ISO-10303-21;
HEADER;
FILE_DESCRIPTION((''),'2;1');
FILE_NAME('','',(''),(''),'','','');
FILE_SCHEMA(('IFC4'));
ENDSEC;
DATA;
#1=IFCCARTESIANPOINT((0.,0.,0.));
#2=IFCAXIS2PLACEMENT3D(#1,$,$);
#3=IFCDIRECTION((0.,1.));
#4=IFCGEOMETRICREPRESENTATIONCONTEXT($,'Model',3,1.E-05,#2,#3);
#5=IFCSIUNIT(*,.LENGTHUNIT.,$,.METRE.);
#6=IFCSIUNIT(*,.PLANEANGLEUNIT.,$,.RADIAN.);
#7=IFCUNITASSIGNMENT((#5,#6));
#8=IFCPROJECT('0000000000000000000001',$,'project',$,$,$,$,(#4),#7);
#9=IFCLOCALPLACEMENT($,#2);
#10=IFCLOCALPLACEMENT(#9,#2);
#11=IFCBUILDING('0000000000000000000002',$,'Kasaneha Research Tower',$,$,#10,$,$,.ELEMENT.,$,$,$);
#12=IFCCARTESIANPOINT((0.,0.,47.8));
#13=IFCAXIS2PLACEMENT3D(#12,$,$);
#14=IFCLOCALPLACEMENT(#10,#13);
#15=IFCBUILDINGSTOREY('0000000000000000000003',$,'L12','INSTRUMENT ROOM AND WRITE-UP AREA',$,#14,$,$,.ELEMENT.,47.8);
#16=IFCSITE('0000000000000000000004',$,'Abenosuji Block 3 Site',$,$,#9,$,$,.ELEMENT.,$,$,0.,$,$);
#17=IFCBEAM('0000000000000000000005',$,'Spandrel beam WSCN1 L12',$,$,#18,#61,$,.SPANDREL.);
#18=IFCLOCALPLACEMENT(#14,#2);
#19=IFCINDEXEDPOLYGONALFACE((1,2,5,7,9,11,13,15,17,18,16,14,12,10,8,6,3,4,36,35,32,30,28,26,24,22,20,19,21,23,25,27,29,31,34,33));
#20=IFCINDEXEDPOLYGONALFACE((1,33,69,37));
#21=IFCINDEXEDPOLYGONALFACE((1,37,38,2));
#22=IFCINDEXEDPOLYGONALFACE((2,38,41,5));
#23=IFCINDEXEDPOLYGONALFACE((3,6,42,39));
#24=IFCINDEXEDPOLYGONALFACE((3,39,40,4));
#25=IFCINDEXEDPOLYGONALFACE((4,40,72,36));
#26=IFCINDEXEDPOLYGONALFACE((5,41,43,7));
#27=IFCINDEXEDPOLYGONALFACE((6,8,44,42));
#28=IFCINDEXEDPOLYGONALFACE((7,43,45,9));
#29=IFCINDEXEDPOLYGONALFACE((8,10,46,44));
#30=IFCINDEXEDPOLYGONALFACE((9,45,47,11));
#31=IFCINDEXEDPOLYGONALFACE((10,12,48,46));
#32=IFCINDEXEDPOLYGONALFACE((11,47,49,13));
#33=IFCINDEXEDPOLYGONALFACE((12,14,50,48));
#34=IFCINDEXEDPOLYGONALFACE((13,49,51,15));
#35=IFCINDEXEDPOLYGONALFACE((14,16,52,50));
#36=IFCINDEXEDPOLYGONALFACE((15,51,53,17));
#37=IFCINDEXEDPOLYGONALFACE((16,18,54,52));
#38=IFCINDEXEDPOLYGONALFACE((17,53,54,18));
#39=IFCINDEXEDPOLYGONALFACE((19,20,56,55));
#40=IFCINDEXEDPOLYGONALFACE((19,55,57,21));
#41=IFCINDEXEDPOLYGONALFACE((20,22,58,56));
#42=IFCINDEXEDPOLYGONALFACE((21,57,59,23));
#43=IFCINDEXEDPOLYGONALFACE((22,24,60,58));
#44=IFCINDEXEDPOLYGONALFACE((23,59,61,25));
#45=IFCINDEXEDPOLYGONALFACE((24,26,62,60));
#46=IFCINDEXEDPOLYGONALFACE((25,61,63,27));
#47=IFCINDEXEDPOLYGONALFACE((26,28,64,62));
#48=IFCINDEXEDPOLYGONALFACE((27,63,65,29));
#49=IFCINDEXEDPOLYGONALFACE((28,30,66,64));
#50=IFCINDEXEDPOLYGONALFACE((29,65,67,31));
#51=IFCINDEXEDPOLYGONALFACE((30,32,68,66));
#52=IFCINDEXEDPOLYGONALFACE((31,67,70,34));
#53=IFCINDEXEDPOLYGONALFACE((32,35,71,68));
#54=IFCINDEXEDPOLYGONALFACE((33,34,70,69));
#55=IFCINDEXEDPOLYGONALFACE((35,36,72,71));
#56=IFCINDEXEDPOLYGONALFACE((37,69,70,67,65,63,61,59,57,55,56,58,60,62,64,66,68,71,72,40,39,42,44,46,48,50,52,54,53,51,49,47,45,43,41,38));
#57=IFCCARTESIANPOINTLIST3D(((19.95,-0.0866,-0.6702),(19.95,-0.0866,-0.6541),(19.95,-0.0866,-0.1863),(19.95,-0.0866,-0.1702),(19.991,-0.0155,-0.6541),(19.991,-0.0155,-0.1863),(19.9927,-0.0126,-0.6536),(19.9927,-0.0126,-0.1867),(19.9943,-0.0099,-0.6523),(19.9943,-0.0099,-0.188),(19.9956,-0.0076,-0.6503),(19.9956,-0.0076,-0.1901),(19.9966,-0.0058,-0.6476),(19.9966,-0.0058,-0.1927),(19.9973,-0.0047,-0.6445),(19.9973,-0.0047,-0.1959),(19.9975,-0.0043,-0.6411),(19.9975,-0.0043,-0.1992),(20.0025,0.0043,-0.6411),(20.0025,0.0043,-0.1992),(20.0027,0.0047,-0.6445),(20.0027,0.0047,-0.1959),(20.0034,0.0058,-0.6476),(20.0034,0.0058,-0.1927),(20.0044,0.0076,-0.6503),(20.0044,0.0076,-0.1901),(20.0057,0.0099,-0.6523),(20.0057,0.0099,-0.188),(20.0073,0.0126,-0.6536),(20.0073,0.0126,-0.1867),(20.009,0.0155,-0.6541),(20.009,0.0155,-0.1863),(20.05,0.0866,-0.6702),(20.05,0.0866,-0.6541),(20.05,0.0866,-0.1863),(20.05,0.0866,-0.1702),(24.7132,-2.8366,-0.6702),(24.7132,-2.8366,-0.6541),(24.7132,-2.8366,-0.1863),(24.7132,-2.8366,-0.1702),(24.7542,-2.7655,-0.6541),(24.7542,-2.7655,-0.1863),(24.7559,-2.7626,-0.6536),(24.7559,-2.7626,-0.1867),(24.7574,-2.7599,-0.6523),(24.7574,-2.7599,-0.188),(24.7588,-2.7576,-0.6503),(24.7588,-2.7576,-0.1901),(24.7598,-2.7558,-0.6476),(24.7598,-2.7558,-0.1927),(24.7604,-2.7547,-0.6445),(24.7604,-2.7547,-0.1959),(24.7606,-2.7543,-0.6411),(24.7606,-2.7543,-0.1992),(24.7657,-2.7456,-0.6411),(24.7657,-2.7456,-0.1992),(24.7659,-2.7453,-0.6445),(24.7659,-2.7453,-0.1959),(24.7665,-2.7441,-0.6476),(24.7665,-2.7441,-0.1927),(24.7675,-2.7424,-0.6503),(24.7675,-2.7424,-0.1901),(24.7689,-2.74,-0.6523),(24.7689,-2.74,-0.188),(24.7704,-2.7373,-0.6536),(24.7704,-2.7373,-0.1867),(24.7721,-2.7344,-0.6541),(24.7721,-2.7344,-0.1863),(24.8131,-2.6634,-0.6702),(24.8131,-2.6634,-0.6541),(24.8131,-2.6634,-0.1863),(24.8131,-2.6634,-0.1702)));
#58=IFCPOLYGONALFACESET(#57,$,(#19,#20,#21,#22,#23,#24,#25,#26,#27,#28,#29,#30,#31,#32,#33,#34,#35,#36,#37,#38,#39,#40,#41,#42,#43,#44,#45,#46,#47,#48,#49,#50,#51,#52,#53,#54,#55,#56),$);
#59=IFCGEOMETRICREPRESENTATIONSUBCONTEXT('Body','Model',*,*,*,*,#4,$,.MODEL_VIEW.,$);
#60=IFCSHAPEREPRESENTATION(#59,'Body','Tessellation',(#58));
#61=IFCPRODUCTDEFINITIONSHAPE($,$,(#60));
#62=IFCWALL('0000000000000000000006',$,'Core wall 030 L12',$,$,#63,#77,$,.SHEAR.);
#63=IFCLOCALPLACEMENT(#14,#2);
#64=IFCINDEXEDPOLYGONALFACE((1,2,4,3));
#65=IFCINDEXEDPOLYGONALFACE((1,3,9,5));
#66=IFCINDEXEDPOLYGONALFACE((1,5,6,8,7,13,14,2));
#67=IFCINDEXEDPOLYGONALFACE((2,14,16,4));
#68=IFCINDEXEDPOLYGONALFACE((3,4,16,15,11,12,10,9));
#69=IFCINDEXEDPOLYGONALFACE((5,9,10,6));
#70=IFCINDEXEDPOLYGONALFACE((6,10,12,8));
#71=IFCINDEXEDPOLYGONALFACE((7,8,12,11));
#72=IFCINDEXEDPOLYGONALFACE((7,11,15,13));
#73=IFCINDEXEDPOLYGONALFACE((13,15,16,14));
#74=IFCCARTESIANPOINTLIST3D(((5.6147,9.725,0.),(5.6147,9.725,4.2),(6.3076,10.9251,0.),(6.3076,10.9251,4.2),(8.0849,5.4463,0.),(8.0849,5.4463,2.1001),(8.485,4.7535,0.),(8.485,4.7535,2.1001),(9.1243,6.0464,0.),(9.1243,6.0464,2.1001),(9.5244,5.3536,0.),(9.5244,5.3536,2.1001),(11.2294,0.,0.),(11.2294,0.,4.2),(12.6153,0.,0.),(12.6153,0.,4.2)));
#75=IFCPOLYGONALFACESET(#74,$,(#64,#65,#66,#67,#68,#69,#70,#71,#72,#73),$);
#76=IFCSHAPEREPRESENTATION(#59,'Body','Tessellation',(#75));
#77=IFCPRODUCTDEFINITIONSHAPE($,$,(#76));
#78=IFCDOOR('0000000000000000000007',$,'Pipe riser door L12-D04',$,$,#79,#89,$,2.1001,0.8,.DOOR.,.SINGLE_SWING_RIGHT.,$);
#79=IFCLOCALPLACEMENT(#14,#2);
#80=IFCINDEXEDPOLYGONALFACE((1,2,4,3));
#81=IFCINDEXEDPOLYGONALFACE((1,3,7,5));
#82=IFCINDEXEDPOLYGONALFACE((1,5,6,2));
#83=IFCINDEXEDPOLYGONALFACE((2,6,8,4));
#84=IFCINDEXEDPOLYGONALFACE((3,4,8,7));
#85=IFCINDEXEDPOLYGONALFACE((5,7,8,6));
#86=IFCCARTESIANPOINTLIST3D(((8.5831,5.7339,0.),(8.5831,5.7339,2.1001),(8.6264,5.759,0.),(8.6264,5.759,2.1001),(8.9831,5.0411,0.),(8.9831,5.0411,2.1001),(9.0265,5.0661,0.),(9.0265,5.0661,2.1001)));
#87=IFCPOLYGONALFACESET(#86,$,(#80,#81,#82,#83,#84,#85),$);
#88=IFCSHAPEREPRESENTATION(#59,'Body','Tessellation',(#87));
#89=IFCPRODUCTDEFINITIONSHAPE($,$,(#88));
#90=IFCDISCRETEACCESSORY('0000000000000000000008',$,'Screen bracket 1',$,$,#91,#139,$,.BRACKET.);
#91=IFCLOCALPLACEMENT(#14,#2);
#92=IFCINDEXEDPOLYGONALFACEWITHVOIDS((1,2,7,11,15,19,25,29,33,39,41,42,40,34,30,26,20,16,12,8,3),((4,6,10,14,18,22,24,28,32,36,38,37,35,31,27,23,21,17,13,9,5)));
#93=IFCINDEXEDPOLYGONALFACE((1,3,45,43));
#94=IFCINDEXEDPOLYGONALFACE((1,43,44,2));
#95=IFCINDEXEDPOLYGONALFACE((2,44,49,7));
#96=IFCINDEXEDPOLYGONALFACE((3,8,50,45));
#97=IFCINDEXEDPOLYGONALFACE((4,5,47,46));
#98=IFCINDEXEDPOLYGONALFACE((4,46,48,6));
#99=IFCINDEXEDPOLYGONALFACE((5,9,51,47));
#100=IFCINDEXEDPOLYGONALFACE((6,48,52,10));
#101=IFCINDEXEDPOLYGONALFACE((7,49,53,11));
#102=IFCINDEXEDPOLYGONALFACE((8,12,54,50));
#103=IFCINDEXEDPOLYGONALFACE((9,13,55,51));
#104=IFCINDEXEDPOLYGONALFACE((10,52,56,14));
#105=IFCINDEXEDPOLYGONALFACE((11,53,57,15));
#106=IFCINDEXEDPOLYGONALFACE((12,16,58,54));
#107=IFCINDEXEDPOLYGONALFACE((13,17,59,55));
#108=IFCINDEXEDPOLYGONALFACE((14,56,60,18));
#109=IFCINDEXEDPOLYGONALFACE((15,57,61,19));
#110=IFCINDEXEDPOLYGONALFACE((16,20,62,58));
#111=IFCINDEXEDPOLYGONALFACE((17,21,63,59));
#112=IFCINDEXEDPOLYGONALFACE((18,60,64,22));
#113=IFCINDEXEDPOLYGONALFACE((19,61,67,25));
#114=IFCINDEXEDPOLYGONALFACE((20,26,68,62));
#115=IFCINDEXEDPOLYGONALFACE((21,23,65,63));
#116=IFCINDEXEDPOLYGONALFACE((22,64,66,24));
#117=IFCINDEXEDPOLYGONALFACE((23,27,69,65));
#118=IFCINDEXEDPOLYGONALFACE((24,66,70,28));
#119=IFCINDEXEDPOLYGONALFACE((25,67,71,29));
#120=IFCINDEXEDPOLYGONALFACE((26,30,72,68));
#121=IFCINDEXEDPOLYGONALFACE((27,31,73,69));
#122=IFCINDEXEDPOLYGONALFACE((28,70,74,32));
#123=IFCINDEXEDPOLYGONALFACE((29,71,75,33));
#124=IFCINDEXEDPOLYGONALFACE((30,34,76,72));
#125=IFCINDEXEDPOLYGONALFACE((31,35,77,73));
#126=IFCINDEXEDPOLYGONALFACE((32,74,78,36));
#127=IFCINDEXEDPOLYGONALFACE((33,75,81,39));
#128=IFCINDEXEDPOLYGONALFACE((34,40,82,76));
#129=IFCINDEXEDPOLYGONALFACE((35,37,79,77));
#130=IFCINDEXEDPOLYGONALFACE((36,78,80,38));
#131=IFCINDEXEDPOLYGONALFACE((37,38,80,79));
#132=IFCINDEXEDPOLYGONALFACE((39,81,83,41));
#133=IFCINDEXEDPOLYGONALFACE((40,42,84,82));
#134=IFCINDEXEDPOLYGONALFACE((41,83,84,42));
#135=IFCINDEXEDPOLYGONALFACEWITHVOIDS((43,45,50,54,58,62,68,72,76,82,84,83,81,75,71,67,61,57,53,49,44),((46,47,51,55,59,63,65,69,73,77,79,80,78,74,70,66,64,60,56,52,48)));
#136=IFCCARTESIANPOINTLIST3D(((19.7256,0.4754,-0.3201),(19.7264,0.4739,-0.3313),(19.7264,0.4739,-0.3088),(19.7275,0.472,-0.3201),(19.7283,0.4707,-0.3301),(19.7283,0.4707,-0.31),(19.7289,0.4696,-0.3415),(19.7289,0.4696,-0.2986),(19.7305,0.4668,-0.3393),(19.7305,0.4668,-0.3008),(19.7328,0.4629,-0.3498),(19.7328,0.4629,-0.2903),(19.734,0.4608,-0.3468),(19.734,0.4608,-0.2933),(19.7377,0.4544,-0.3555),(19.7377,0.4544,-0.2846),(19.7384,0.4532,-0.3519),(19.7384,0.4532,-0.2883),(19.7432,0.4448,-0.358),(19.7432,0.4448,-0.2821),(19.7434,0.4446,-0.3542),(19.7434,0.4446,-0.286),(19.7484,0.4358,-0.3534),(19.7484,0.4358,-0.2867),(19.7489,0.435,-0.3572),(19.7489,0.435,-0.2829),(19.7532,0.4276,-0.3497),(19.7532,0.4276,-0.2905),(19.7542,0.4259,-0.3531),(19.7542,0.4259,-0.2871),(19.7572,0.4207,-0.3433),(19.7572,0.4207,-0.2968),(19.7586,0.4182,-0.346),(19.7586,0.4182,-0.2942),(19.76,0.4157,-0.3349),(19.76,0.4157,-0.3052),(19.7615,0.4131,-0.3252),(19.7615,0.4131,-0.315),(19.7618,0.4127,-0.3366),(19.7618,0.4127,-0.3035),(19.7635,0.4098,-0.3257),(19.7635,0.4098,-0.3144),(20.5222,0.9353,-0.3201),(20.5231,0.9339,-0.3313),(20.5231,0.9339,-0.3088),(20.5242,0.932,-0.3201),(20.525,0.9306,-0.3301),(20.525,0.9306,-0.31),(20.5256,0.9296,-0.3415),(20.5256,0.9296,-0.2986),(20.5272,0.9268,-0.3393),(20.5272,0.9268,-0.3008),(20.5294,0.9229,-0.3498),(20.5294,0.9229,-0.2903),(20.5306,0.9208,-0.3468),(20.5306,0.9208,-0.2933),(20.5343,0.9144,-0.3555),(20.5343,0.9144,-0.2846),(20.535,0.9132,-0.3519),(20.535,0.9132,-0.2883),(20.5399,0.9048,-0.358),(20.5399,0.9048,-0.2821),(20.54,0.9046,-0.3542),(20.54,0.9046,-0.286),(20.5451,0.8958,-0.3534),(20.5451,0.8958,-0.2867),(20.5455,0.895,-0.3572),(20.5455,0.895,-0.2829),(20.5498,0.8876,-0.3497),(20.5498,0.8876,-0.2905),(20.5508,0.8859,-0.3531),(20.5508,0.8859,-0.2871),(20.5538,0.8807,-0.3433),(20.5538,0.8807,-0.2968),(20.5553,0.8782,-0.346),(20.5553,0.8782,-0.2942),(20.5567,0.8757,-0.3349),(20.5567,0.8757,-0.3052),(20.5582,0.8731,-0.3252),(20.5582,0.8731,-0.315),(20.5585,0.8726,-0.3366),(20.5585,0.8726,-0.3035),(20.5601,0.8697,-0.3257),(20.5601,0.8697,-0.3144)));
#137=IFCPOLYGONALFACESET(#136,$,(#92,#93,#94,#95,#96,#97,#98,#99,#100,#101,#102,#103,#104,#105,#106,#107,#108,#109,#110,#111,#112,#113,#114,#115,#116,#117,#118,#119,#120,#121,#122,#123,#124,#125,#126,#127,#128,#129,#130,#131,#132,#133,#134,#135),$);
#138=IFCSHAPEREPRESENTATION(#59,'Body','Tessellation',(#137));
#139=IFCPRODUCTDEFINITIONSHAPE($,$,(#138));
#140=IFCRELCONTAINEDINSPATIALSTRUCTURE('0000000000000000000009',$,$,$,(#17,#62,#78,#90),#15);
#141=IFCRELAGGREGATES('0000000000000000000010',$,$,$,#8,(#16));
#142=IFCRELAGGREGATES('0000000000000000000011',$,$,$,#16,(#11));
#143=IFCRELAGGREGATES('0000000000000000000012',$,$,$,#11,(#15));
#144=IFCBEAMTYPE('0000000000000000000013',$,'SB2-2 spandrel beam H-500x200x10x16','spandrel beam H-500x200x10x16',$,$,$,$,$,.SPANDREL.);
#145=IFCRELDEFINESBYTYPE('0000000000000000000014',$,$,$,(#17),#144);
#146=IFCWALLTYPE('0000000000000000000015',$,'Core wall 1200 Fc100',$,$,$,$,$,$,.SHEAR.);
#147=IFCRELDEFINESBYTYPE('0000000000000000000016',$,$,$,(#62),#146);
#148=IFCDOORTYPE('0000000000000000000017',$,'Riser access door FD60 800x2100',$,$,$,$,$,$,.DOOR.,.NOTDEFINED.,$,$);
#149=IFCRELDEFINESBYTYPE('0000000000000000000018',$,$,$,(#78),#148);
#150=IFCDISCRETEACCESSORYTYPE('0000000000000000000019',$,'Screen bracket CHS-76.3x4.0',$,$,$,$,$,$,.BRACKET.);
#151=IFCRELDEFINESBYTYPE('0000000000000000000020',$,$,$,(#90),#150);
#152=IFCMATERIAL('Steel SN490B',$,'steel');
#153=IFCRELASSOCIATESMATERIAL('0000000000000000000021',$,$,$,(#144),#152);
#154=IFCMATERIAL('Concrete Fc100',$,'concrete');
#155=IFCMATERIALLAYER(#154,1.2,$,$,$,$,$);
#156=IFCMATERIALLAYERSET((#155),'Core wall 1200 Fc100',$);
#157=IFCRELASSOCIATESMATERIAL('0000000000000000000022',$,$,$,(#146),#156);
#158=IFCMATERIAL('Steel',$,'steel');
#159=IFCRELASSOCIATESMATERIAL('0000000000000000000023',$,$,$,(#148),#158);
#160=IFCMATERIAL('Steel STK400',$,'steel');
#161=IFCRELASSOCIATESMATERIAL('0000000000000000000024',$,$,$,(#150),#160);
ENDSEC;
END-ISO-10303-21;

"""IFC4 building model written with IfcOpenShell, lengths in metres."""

from ifc_helpers import new_model, si_unit, direction, frame, frame_2d, origin, origin_2d, place, context, subcontext, project, spatial, polyline, rectangle, hollow_circle, i_section, outline, extrude, material, layer, layer_set, material_profile, profile_set, type_object, element, fill, save


model = new_model("IFC4")

# Units and contexts
model_context = context("Model", 3, precision=1e-05, world=origin(), true_north=direction((0.0, 1.0)))
body_context = subcontext(model_context, "Body", "Model", "MODEL_VIEW")
ifc_project = project(units=[si_unit("LENGTHUNIT", "METRE"), si_unit("PLANEANGLEUNIT", "RADIAN")], contexts=[model_context])

# Site, building, storey
site_placement = place(None, origin())
site = spatial("IfcSite", under=ifc_project, at=site_placement, Name="Abenosuji Block 3 Site", CompositionType="ELEMENT", RefElevation=0.0)
building_placement = place(site_placement, origin())
building = spatial("IfcBuilding", under=site, at=building_placement, Name="Kasaneha Research Tower", CompositionType="ELEMENT")
storey_placement = place(building_placement, frame((0.0, 0.0, 47.8)))
storey = spatial("IfcBuildingStorey", under=building, at=storey_placement, Name="L12", Description="INSTRUMENT ROOM AND WRITE-UP AREA", CompositionType="ELEMENT", Elevation=47.8)

# Beam
ifc_material_1 = material(Name="Steel SN490B", Category="steel")
ifc_material_profile_1 = material_profile(ifc_material_1, i_section(OverallWidth=0.2, OverallDepth=0.5, WebThickness=0.01, FlangeThickness=0.0161, FilletRadius=0.0129, at=origin_2d()), Name="H-500x200x10x16")
ifc_profile_set_1 = profile_set([ifc_material_profile_1], Name="Steel SN490B")
beam_type_1 = type_object("IfcBeamType", Name="SB2-2 spandrel beam H-500x200x10x16", Description="spandrel beam H-500x200x10x16", PredefinedType="SPANDREL", material=ifc_profile_set_1)
beam_1_placement = place(storey_placement, frame((20.0, 0.0, -0.4202), z_axis=(0.866027, -0.499997, 0.0), x_axis=(0.499997, 0.866027, 0.0)))
element("IfcBeam", 1, at=beam_1_placement, inside=storey, type_object=beam_type_1, Name="Spandrel beam WSCN1 L12", PredefinedType="SPANDREL", context=body_context, shape_type="SweptSolid", body=[
    extrude(i_section(OverallWidth=0.2, OverallDepth=0.5, WebThickness=0.01, FlangeThickness=0.0161, FilletRadius=0.0129, at=origin_2d()), origin(), (0.0, 0.0, 1.0), 5.5),
])

# Wall, opening, door
ifc_material_2 = material(Name="Concrete Fc100", Category="concrete")
ifc_layer_1 = layer(ifc_material_2, 1.2)
ifc_layer_set_1 = layer_set([ifc_layer_1], Name="Core wall 1200 Fc100")
wall_type_1 = type_object("IfcWallType", Name="Core wall 1200 Fc100", PredefinedType="SHEAR", material=ifc_layer_set_1)
wall_1_placement = place(storey_placement, frame((11.9224, 0.0, 0.0), z_axis=(0.0, 0.0, 1.0), x_axis=(-0.500004, 0.866023, 0.0)))
wall_1 = element("IfcWall", 2, at=wall_1_placement, inside=storey, type_object=wall_type_1, Name="Core wall 030 L12", PredefinedType="SHEAR", context=body_context, shape_type="SweptSolid", body=[
    extrude(outline(polyline([(-0.3464, -0.6001), (5.8354, -0.6001), (6.6355, -0.6001), (12.2688, -0.6001), (11.5759, 0.6001), (6.6355, 0.6001), (5.8354, 0.6001), (0.3464, 0.6001), (-0.3464, -0.6001)])), origin(), (0.0, 0.0, 1.0), 4.2),
])
opening_1_placement = place(wall_1_placement, frame((5.8354, 0.0, 0.0)))
opening_1 = element("IfcOpeningElement", 3, at=opening_1_placement, cuts=wall_1, PredefinedType="OPENING", context=body_context, shape_type="SweptSolid", body=[
    extrude(rectangle(XDim=0.8, YDim=2.1001, at=frame_2d((0.3999, 1.05))), frame((0.0, 0.6099, 0.0), z_axis=(0.0, -1.0, 0.0), x_axis=(1.0, 0.0, 0.0)), (0.0, 0.0, 1.0), 1.22),
])
ifc_material_3 = material(Name="Steel", Category="steel")
door_type_1 = type_object("IfcDoorType", Name="Riser access door FD60 800x2100", OperationType="NOTDEFINED", PredefinedType="DOOR", material=ifc_material_3)
door_1_placement = place(opening_1_placement, origin())
door_1 = element("IfcDoor", 4, at=door_1_placement, inside=storey, type_object=door_type_1, Name="Pipe riser door L12-D04", OperationType="SINGLE_SWING_RIGHT", OverallHeight=2.1001, OverallWidth=0.8, PredefinedType="DOOR", context=body_context, shape_type="SweptSolid", body=[
    extrude(rectangle(XDim=0.8, YDim=2.1001, at=frame_2d((0.3999, 1.05))), frame((0.0, 0.0249, 0.0), z_axis=(0.0, -1.0, 0.0), x_axis=(1.0, 0.0, 0.0)), (0.0, 0.0, 1.0), 0.05),
])
fill(opening_1, door_1)

# Discrete accessory
ifc_material_4 = material(Name="Steel STK400", Category="steel")
ifc_material_profile_2 = material_profile(ifc_material_4, hollow_circle(Radius=0.0381, WallThickness=0.0039, at=origin_2d()), Name="CHS-76.3x4.0")
ifc_profile_set_2 = profile_set([ifc_material_profile_2], Name="Steel STK400")
discrete_accessory_type = type_object("IfcDiscreteAccessoryType", Name="Screen bracket CHS-76.3x4.0", PredefinedType="BRACKET", material=ifc_profile_set_2)
discrete_accessory_placement = place(storey_placement, frame((19.7446, 0.4424, -0.3201), z_axis=(0.866013, 0.500021, 0.0), x_axis=(-0.500021, 0.866013, 0.0)))
element("IfcDiscreteAccessory", 5, at=discrete_accessory_placement, inside=storey, type_object=discrete_accessory_type, Name="Screen bracket 1", PredefinedType="BRACKET", context=body_context, shape_type="SweptSolid", body=[
    extrude(hollow_circle(Radius=0.0381, WallThickness=0.0039, at=origin_2d()), origin(), (0.0, 0.0, 1.0), 0.9199),
])

save(model, "model.ifc")
